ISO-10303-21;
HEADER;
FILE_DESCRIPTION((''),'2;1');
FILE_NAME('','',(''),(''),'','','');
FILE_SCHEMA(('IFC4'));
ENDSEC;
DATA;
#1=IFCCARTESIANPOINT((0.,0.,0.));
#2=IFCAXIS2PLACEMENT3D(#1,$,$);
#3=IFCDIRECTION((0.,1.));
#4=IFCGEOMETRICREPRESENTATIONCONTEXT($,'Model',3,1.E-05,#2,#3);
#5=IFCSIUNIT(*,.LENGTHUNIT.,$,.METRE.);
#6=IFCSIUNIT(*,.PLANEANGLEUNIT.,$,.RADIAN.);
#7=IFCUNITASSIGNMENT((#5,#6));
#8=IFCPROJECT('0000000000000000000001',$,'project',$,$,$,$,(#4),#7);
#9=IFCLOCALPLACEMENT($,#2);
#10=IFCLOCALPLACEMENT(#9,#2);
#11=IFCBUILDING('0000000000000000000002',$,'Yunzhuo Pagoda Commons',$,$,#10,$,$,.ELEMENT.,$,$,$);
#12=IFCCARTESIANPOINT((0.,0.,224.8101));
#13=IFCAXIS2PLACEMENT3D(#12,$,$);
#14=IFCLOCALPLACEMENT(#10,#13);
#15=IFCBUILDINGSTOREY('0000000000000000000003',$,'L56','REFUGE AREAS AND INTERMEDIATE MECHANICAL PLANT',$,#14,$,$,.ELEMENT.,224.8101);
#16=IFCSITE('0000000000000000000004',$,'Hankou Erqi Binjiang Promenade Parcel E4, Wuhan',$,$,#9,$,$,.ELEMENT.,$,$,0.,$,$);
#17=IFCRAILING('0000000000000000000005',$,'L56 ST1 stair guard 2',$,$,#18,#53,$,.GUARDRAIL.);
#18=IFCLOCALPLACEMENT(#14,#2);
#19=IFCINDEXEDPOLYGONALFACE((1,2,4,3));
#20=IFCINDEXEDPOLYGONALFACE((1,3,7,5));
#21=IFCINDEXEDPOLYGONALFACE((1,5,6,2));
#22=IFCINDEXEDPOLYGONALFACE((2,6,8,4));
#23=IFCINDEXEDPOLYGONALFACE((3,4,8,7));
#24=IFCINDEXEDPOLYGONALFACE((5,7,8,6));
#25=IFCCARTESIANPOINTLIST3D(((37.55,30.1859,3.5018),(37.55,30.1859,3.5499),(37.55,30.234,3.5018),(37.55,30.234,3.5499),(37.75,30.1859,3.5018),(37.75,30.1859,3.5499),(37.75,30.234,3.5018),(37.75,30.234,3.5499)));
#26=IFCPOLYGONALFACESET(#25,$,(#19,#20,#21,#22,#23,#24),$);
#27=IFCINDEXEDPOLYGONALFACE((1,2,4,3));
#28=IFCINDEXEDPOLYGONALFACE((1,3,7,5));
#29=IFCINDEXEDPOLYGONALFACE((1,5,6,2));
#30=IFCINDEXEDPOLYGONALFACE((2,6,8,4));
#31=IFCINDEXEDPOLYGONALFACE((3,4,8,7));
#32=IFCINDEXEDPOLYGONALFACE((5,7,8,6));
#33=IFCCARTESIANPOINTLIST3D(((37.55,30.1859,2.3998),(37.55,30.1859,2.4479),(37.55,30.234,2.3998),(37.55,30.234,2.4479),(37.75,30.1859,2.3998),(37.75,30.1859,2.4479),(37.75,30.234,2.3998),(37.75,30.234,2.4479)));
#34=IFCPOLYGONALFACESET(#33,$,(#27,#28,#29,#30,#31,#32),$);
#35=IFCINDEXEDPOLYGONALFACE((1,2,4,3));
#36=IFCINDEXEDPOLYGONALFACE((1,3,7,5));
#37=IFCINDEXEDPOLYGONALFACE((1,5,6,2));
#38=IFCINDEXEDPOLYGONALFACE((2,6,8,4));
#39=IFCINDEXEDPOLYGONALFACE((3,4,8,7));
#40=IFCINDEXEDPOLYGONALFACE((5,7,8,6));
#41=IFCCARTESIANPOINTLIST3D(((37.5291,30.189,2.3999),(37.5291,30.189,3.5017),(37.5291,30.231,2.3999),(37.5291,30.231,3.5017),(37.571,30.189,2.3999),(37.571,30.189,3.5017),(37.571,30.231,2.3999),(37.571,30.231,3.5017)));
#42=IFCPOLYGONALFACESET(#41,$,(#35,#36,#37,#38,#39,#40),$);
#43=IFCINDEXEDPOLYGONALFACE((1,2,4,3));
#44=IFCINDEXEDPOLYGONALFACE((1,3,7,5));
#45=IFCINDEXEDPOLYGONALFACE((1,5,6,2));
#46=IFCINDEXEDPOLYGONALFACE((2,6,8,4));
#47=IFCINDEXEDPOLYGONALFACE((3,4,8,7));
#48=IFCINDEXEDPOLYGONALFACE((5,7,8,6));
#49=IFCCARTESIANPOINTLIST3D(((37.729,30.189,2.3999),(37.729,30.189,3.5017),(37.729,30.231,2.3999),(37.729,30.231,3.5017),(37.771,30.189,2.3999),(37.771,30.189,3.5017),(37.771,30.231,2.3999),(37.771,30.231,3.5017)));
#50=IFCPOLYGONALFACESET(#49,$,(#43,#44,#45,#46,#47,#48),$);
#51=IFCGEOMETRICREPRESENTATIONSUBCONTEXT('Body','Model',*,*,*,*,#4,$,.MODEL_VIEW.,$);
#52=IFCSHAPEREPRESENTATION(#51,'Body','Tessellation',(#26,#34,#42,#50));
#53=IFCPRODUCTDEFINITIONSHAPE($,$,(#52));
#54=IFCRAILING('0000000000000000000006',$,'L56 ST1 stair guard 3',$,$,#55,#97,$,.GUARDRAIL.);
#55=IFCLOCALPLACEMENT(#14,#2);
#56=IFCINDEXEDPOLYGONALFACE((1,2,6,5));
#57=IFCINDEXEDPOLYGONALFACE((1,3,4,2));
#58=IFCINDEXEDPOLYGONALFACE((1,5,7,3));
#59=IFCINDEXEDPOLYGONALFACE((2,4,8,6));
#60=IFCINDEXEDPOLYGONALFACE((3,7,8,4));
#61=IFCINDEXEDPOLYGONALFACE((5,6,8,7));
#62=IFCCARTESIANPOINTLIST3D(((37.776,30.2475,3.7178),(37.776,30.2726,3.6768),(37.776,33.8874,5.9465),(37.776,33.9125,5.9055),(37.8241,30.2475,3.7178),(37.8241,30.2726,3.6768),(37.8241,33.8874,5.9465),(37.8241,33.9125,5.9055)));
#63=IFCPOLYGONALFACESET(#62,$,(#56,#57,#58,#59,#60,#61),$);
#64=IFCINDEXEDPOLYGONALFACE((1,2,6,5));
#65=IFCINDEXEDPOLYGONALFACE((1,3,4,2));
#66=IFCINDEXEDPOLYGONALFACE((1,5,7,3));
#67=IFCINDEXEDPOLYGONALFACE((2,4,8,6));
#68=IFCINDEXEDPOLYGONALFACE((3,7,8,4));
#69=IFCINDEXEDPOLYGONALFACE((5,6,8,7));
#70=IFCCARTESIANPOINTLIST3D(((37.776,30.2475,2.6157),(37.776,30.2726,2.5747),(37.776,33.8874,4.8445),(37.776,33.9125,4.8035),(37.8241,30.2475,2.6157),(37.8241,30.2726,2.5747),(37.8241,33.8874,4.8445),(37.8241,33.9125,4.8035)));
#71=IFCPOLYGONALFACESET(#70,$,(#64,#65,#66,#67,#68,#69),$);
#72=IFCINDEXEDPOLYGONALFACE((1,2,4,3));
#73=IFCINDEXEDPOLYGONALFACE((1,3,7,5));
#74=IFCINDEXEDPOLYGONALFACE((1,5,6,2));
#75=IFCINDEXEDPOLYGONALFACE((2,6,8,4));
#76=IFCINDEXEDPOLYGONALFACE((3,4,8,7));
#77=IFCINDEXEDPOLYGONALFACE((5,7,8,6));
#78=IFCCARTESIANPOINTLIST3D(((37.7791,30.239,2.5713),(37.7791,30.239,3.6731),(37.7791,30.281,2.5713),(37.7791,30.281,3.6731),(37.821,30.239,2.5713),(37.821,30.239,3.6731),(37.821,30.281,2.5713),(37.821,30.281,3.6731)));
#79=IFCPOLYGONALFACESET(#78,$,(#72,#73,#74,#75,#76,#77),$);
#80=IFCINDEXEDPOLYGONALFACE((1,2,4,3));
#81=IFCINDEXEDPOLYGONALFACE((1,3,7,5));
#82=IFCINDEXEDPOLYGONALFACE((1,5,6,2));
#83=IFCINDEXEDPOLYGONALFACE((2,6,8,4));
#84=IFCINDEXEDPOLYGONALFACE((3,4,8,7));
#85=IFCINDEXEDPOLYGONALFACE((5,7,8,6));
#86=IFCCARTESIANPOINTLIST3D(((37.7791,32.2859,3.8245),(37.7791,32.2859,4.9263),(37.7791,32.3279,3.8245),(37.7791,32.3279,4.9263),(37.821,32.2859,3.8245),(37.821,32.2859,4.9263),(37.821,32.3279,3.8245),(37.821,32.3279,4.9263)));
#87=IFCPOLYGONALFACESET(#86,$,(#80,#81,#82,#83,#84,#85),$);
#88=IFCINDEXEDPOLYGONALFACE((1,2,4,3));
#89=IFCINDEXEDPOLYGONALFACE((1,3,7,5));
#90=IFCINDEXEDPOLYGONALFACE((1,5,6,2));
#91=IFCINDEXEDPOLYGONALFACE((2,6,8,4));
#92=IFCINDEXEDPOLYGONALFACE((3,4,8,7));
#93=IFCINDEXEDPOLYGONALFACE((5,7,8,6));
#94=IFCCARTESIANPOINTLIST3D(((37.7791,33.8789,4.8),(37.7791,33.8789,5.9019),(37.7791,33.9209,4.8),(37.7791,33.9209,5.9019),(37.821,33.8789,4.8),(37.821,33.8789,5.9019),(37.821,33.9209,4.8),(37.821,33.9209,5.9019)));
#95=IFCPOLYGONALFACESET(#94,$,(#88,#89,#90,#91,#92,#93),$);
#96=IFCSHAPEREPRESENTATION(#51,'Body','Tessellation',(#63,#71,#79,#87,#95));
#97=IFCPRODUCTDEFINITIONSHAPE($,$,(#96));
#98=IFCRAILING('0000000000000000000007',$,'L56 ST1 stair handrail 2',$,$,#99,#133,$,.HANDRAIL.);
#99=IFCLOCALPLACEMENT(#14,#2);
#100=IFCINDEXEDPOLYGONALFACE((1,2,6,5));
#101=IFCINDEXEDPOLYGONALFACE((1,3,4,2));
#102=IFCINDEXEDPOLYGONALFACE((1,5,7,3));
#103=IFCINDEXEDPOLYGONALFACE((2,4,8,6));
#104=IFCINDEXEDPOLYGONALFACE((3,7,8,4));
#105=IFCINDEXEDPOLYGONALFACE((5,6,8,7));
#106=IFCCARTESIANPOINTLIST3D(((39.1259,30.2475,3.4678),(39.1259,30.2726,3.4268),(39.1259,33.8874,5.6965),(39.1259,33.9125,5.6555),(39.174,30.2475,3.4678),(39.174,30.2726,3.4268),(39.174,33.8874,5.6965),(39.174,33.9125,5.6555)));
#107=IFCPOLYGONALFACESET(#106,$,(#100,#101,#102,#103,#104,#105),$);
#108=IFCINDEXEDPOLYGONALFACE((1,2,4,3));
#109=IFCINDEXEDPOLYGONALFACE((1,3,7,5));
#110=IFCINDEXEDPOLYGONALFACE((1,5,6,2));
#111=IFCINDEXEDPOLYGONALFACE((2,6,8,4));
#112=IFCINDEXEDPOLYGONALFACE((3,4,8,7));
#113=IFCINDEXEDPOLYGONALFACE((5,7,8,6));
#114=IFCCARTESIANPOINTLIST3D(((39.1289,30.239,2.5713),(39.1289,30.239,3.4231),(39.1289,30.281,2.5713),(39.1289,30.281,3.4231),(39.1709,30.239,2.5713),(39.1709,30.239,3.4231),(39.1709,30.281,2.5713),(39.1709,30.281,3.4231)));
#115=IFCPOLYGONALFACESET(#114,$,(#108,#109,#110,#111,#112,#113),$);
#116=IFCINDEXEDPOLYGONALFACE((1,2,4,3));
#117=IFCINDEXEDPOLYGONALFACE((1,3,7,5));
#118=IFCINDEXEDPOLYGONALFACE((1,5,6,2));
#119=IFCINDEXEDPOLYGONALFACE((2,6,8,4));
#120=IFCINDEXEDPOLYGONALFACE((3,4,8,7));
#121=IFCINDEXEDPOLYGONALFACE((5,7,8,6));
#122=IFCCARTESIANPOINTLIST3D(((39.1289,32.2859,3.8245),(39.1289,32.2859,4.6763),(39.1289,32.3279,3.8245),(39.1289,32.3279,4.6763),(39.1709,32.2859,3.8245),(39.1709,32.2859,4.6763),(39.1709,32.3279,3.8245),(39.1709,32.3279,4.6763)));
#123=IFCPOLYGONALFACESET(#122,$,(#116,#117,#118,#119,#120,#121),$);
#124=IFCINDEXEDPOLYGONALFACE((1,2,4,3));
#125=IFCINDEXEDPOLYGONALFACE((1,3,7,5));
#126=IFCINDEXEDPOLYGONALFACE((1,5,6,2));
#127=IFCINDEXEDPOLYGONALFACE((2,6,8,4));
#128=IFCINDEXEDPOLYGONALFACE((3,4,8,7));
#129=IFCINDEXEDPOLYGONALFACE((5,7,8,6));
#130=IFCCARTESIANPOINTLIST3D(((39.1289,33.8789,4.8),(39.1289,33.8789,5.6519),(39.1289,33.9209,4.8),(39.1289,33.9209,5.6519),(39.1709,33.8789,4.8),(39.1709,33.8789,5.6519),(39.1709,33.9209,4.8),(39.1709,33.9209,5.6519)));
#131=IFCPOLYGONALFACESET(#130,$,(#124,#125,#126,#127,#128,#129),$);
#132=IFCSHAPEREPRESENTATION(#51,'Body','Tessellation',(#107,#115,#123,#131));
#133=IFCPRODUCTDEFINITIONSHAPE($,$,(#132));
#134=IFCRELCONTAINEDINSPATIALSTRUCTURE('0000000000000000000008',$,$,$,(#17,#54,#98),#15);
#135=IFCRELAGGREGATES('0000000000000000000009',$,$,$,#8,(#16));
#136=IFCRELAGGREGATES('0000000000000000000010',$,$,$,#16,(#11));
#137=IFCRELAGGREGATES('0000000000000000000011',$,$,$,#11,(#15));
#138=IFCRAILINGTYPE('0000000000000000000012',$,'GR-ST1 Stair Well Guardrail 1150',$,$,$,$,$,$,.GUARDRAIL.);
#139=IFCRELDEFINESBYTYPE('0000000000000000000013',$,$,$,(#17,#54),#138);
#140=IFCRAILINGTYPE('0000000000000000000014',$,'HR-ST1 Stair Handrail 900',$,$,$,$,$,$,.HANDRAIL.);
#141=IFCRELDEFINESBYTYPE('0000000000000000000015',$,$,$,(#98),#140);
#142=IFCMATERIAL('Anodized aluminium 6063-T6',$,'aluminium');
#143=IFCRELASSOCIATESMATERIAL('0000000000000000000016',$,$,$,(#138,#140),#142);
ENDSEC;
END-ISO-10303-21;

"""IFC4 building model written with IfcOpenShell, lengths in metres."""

from ifc_helpers import new_model, si_unit, direction, frame, origin, origin_2d, place, context, subcontext, project, spatial, rectangle, extrude, material, type_object, element, save


model = new_model("IFC4")

# Units and contexts
model_context = context("Model", 3, precision=1e-05, world=origin(), true_north=direction((0.0, 1.0)))
body_context = subcontext(model_context, "Body", "Model", "MODEL_VIEW")
ifc_project = project(units=[si_unit("LENGTHUNIT", "METRE"), si_unit("PLANEANGLEUNIT", "RADIAN")], contexts=[model_context])

# Site, building, storey
site_placement = place(None, origin())
site = spatial("IfcSite", under=ifc_project, at=site_placement, Name="Hankou Erqi Binjiang Promenade Parcel E4, Wuhan", CompositionType="ELEMENT", RefElevation=0.0)
building_placement = place(site_placement, origin())
building = spatial("IfcBuilding", under=site, at=building_placement, Name="Yunzhuo Pagoda Commons", CompositionType="ELEMENT")
storey_placement = place(building_placement, frame((0.0, 0.0, 224.8101)))
storey = spatial("IfcBuildingStorey", under=building, at=storey_placement, Name="L56", Description="REFUGE AREAS AND INTERMEDIATE MECHANICAL PLANT", CompositionType="ELEMENT", Elevation=224.8101)

# Railings
ifc_material_1 = material(Name="Anodized aluminium 6063-T6", Category="aluminium")
railing_type_1 = type_object("IfcRailingType", Name="GR-ST1 Stair Well Guardrail 1150", PredefinedType="GUARDRAIL", material=ifc_material_1)
railing_1_placement = place(storey_placement, frame((37.55, 30.21, 2.3999)))
element("IfcRailing", 1, at=railing_1_placement, inside=storey, type_object=railing_type_1, Name="L56 ST1 stair guard 2", PredefinedType="GUARDRAIL", context=body_context, shape_type="SweptSolid", body=[
    extrude(rectangle(XDim=0.0481, YDim=0.0481, at=origin_2d()), frame((0.0, 0.0, 1.126), z_axis=(1.0, 0.0, 0.0), x_axis=(0.0, 1.0, 0.0)), (0.0, 0.0, 1.0), 0.2),
    extrude(rectangle(XDim=0.0481, YDim=0.0481, at=origin_2d()), frame((0.0, 0.0, 0.0239), z_axis=(1.0, 0.0, 0.0), x_axis=(0.0, 1.0, 0.0)), (0.0, 0.0, 1.0), 0.2),
    extrude(rectangle(XDim=0.042, YDim=0.042, at=origin_2d()), origin(), (0.0, 0.0, 1.0), 1.1018),
    extrude(rectangle(XDim=0.042, YDim=0.042, at=origin_2d()), frame((0.2, 0.0, 0.0)), (0.0, 0.0, 1.0), 1.1018),
])
railing_2_placement = place(storey_placement, frame((37.8, 30.26, 2.5713)))
element("IfcRailing", 2, at=railing_2_placement, inside=storey, type_object=railing_type_1, Name="L56 ST1 stair guard 3", PredefinedType="GUARDRAIL", context=body_context, shape_type="SweptSolid", body=[
    extrude(rectangle(XDim=0.0481, YDim=0.0481, at=origin_2d()), frame((0.0, 0.0, 1.126), z_axis=(0.0, 0.852825, 0.522197), x_axis=(-1.0, 0.0, 0.0)), (0.0, 0.0, 1.0), 4.2681),
    extrude(rectangle(XDim=0.0481, YDim=0.0481, at=origin_2d()), frame((0.0, 0.0, 0.0239), z_axis=(0.0, 0.852825, 0.522197), x_axis=(-1.0, 0.0, 0.0)), (0.0, 0.0, 1.0), 4.2681),
    extrude(rectangle(XDim=0.042, YDim=0.042, at=origin_2d()), origin(), (0.0, 0.0, 1.0), 1.1018),
    extrude(rectangle(XDim=0.042, YDim=0.042, at=origin_2d()), frame((0.0, 2.0469, 1.2532)), (0.0, 0.0, 1.0), 1.1018),
    extrude(rectangle(XDim=0.042, YDim=0.042, at=origin_2d()), frame((0.0, 3.6399, 2.2288)), (0.0, 0.0, 1.0), 1.1018),
])
railing_type_2 = type_object("IfcRailingType", Name="HR-ST1 Stair Handrail 900", PredefinedType="HANDRAIL", material=ifc_material_1)
railing_3_placement = place(storey_placement, frame((39.1499, 30.26, 2.5713)))
element("IfcRailing", 3, at=railing_3_placement, inside=storey, type_object=railing_type_2, Name="L56 ST1 stair handrail 2", PredefinedType="HANDRAIL", context=body_context, shape_type="SweptSolid", body=[
    extrude(rectangle(XDim=0.0481, YDim=0.0481, at=origin_2d()), frame((0.0, 0.0, 0.876), z_axis=(0.0, 0.852825, 0.522197), x_axis=(-1.0, 0.0, 0.0)), (0.0, 0.0, 1.0), 4.2681),
    extrude(rectangle(XDim=0.042, YDim=0.042, at=origin_2d()), origin(), (0.0, 0.0, 1.0), 0.8518),
    extrude(rectangle(XDim=0.042, YDim=0.042, at=origin_2d()), frame((0.0, 2.0469, 1.2532)), (0.0, 0.0, 1.0), 0.8518),
    extrude(rectangle(XDim=0.042, YDim=0.042, at=origin_2d()), frame((0.0, 3.6399, 2.2288)), (0.0, 0.0, 1.0), 0.8518),
])

save(model, "model.ifc")
